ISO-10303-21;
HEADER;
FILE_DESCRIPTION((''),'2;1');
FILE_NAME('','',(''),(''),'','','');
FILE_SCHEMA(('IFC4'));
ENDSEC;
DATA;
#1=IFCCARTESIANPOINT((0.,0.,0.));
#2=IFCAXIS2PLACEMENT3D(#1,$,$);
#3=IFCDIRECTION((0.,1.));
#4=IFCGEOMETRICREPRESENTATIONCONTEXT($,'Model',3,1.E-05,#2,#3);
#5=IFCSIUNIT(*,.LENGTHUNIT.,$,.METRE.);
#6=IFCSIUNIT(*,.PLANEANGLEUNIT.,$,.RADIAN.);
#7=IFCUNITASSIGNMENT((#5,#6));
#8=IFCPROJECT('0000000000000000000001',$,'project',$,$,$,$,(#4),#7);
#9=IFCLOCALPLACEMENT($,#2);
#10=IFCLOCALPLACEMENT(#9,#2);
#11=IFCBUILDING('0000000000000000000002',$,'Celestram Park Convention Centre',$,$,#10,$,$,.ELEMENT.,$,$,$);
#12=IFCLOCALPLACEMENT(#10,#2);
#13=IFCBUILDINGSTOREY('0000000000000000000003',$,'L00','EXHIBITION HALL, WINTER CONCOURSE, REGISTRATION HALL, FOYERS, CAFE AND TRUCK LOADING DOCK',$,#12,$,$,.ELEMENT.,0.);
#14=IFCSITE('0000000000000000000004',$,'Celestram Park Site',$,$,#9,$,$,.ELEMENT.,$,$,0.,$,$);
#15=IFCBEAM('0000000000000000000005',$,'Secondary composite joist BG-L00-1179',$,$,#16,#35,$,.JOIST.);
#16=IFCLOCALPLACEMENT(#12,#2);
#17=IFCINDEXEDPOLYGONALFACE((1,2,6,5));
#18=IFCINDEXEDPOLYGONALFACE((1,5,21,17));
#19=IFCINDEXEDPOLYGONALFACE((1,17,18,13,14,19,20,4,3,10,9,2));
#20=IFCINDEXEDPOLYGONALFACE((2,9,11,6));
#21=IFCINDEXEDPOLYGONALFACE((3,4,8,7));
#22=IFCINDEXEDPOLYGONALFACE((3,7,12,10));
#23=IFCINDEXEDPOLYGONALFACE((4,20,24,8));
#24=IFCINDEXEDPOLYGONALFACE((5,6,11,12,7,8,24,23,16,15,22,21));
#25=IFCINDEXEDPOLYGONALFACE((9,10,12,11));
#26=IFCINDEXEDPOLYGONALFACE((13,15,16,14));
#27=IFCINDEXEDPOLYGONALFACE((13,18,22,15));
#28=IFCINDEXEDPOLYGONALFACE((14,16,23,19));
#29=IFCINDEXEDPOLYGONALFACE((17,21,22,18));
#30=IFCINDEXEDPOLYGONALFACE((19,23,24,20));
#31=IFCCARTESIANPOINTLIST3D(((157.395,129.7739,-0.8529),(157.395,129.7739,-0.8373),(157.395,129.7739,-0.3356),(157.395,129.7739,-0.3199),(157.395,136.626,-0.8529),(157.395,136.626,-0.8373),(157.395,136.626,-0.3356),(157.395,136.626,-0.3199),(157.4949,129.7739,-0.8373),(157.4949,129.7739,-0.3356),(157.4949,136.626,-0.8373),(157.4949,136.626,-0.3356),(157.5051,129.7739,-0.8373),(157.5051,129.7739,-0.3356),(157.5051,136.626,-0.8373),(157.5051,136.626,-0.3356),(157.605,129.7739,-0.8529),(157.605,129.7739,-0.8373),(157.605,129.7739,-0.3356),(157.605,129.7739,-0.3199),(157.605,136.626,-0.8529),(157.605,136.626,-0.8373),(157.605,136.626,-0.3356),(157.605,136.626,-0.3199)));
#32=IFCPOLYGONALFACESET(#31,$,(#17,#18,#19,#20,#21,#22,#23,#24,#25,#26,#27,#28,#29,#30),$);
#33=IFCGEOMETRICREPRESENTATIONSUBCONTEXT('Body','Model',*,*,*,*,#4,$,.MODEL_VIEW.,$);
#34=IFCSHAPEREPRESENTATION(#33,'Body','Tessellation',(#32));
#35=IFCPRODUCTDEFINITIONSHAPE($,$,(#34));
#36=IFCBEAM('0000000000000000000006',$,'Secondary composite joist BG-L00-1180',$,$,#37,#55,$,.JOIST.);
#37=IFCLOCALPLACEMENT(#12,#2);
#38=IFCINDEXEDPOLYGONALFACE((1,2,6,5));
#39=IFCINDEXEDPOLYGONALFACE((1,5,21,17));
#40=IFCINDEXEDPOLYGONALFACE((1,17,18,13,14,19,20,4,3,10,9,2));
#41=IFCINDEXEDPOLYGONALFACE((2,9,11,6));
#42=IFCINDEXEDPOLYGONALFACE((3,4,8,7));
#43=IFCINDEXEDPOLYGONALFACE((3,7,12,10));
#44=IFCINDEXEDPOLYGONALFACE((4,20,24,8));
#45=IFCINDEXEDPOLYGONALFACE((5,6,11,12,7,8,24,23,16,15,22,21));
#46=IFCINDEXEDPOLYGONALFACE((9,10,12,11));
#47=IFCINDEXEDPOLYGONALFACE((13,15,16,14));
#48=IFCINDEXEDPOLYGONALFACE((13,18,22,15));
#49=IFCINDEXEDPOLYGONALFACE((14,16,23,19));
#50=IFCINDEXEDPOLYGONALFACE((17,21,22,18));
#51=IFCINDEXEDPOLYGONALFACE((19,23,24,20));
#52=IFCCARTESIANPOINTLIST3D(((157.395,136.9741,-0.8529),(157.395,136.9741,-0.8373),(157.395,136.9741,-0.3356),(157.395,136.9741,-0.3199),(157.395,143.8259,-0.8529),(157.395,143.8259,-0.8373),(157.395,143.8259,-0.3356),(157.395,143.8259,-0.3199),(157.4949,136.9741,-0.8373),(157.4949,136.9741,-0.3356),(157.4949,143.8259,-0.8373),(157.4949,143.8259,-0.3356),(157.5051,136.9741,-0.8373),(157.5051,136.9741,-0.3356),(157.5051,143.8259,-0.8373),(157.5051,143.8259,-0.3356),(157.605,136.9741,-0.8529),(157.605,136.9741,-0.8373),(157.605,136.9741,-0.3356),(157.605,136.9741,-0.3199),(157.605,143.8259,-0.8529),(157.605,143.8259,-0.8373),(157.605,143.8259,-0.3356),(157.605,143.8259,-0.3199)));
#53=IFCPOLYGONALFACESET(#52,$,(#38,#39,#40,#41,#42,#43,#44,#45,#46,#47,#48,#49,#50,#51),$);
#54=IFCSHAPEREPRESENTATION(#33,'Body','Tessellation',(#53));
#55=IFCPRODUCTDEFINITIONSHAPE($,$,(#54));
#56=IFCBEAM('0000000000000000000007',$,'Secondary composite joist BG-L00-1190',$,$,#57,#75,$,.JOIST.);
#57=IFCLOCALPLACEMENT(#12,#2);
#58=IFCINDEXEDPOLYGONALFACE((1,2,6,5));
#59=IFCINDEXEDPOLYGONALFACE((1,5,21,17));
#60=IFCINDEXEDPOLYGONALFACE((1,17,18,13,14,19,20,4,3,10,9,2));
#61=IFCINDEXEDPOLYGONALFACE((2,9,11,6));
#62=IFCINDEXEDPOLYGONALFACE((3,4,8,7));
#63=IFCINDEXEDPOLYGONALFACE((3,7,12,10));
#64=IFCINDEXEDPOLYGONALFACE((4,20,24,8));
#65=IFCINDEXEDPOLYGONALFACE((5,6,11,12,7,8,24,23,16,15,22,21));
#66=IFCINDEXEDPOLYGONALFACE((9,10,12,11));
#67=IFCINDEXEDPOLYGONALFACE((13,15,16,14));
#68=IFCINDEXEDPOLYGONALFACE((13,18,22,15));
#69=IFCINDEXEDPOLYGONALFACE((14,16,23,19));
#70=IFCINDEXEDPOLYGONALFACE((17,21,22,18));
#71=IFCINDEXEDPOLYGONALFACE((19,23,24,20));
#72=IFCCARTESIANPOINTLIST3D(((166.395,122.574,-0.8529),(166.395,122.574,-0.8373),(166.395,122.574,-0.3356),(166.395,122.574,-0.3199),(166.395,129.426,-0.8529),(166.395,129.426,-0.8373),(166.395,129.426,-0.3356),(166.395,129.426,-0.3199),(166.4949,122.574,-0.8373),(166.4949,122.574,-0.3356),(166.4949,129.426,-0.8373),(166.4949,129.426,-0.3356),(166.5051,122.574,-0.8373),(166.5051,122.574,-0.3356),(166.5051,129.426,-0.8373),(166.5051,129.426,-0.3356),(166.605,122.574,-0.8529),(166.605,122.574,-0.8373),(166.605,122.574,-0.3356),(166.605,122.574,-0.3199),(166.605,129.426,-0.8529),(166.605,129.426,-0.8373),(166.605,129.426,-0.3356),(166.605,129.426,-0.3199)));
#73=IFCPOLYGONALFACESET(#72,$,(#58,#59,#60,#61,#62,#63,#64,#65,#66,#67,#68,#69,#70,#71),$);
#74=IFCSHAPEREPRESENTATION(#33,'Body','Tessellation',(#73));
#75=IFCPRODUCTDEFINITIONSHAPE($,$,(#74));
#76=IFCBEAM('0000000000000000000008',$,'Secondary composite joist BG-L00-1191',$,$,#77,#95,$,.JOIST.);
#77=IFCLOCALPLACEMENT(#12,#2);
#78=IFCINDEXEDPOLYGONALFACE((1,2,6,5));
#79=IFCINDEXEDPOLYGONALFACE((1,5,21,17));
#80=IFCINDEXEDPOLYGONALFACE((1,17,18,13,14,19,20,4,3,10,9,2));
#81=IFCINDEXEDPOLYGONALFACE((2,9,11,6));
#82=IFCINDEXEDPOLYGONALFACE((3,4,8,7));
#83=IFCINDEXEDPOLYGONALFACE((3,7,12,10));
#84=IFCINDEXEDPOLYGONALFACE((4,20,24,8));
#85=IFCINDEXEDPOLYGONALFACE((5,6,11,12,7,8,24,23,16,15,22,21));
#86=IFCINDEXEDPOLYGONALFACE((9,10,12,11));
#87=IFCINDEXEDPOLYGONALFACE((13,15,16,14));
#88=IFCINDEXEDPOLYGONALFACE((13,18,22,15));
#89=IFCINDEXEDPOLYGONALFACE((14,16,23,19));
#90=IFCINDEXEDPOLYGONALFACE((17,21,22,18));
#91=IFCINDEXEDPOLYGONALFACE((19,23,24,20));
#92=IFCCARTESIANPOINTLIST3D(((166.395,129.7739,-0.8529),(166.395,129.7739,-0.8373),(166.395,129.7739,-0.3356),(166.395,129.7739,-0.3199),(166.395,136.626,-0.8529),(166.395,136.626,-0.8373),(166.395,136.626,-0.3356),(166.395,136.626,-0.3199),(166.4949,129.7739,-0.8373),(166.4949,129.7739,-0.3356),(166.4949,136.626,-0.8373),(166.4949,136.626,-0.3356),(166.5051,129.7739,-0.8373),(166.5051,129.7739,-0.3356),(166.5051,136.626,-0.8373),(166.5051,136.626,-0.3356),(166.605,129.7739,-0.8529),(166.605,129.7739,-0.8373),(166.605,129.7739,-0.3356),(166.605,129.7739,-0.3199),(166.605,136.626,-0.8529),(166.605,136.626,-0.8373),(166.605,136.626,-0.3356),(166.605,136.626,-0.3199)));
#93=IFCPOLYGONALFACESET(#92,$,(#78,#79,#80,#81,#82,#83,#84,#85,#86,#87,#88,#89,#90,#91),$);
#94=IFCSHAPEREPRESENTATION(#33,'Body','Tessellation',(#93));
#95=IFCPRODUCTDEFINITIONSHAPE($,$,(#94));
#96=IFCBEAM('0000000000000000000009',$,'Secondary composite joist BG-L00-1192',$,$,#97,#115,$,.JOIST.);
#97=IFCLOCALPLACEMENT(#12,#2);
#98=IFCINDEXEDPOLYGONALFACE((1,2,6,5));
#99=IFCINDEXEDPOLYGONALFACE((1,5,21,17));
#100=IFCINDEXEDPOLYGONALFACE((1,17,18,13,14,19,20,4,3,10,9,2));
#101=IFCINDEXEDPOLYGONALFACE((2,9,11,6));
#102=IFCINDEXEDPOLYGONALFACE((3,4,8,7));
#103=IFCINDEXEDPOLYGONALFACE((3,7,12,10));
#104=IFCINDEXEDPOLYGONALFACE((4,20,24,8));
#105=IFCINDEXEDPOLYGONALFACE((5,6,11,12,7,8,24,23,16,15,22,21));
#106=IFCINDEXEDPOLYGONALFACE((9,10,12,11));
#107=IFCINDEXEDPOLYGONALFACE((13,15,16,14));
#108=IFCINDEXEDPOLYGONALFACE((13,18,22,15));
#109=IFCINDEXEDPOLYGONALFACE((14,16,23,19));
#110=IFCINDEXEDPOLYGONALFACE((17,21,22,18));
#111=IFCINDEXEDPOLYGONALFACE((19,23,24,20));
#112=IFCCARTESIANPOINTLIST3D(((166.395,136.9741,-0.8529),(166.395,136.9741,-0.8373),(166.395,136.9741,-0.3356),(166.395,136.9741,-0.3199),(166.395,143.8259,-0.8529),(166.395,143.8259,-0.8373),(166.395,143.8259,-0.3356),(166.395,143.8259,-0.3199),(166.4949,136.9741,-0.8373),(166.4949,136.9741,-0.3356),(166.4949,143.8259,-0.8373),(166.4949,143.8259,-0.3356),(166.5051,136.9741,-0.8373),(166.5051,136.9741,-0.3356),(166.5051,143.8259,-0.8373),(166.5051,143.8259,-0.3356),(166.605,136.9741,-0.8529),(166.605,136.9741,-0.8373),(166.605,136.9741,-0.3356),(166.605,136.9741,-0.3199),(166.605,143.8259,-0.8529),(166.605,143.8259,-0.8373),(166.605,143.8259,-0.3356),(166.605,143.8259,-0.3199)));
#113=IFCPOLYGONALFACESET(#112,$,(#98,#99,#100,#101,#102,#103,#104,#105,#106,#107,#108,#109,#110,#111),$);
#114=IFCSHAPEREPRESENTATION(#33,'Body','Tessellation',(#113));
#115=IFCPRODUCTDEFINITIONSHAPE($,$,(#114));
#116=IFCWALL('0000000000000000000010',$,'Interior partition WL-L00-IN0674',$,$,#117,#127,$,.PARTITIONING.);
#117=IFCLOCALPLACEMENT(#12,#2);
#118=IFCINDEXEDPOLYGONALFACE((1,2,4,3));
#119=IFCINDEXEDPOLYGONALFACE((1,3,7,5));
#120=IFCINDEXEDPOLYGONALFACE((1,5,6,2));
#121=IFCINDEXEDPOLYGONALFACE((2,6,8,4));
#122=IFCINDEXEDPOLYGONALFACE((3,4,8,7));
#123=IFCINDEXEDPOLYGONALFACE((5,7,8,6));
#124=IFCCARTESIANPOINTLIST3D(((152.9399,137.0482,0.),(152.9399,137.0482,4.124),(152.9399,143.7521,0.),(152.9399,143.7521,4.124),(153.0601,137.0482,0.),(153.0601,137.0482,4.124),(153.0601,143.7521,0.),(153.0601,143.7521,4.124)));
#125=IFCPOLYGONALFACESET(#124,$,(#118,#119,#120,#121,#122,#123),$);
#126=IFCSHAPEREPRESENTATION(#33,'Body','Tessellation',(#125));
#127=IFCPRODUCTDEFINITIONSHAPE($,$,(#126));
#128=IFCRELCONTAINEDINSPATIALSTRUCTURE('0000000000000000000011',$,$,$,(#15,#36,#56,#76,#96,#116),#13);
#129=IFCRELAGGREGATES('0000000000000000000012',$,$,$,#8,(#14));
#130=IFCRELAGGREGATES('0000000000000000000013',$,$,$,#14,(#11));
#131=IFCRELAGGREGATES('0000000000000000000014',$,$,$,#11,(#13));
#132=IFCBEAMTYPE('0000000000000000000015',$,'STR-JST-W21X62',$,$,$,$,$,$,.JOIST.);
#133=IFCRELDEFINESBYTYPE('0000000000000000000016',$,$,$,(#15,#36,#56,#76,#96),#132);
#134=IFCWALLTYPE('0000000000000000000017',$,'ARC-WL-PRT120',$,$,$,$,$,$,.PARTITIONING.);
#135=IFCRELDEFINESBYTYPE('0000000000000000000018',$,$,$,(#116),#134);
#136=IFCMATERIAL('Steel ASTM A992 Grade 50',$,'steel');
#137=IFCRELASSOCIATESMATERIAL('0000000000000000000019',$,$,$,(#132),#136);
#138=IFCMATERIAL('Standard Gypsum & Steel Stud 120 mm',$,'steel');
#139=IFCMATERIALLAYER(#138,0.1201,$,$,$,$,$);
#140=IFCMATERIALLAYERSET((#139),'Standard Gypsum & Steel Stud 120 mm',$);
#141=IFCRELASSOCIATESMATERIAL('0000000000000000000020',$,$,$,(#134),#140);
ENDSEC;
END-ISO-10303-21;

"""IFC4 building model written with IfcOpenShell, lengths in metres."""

from ifc_helpers import new_model, si_unit, direction, frame, frame_2d, origin, origin_2d, place, context, subcontext, project, spatial, rectangle, i_section, extrude, material, layer, layer_set, material_profile, profile_set, type_object, element, save


model = new_model("IFC4")

# Units and contexts
model_context = context("Model", 3, precision=1e-05, world=origin(), true_north=direction((0.0, 1.0)))
body_context = subcontext(model_context, "Body", "Model", "MODEL_VIEW")
ifc_project = project(units=[si_unit("LENGTHUNIT", "METRE"), si_unit("PLANEANGLEUNIT", "RADIAN")], contexts=[model_context])

# Site, building, storey
site_placement = place(None, origin())
site = spatial("IfcSite", under=ifc_project, at=site_placement, Name="Celestram Park Site", CompositionType="ELEMENT", RefElevation=0.0)
building_placement = place(site_placement, origin())
building = spatial("IfcBuilding", under=site, at=building_placement, Name="Celestram Park Convention Centre", CompositionType="ELEMENT")
storey_placement = place(building_placement, origin())
storey = spatial("IfcBuildingStorey", under=building, at=storey_placement, Name="L00", Description="EXHIBITION HALL, WINTER CONCOURSE, REGISTRATION HALL, FOYERS, CAFE AND TRUCK LOADING DOCK", CompositionType="ELEMENT", Elevation=0.0)

# Beams
ifc_material_1 = material(Name="Steel ASTM A992 Grade 50", Category="steel")
ifc_material_profile_1 = material_profile(ifc_material_1, i_section(OverallWidth=0.21, OverallDepth=0.533, WebThickness=0.0103, FlangeThickness=0.0156, at=origin_2d()), Name="W21X62")
ifc_profile_set_1 = profile_set([ifc_material_profile_1], Name="Steel ASTM A992 Grade 50")
beam_type_1 = type_object("IfcBeamType", Name="STR-JST-W21X62", PredefinedType="JOIST", material=ifc_profile_set_1)
for number, where, z_axis, x_axis, name in (
    (1, (157.5, 129.7739, -0.5864), (0.0, 1.0, 0.0), (-1.0, 0.0, 0.0), "Secondary composite joist BG-L00-1179"),
):
    element("IfcBeam", number, at=place(storey_placement, frame(where, z_axis=z_axis, x_axis=x_axis)), inside=storey, type_object=beam_type_1, Name=name, PredefinedType="JOIST", context=body_context, shape_type="SweptSolid", body=[
        extrude(i_section(OverallWidth=0.21, OverallDepth=0.533, WebThickness=0.0103, FlangeThickness=0.0156, at=origin_2d()), origin(), (0.0, 0.0, 1.0), 6.8521),
    ])
beam_1_placement = place(storey_placement, frame((157.5, 136.9741, -0.5864), z_axis=(0.0, 1.0, 0.0), x_axis=(-1.0, 0.0, 0.0)))
element("IfcBeam", 2, at=beam_1_placement, inside=storey, type_object=beam_type_1, Name="Secondary composite joist BG-L00-1180", PredefinedType="JOIST", context=body_context, shape_type="SweptSolid", body=[
    extrude(i_section(OverallWidth=0.21, OverallDepth=0.533, WebThickness=0.0103, FlangeThickness=0.0156, at=origin_2d()), origin(), (0.0, 0.0, 1.0), 6.8518),
])
for number, where, z_axis, x_axis, name in (
    (3, (166.5, 122.574, -0.5864), (0.0, 1.0, 0.0), (-1.0, 0.0, 0.0), "Secondary composite joist BG-L00-1190"),
    (4, (166.5, 129.7739, -0.5864), (0.0, 1.0, 0.0), (-1.0, 0.0, 0.0), "Secondary composite joist BG-L00-1191"),
):
    element("IfcBeam", number, at=place(storey_placement, frame(where, z_axis=z_axis, x_axis=x_axis)), inside=storey, type_object=beam_type_1, Name=name, PredefinedType="JOIST", context=body_context, shape_type="SweptSolid", body=[
        extrude(i_section(OverallWidth=0.21, OverallDepth=0.533, WebThickness=0.0103, FlangeThickness=0.0156, at=origin_2d()), origin(), (0.0, 0.0, 1.0), 6.8521),
    ])
beam_2_placement = place(storey_placement, frame((166.5, 136.9741, -0.5864), z_axis=(0.0, 1.0, 0.0), x_axis=(-1.0, 0.0, 0.0)))
element("IfcBeam", 5, at=beam_2_placement, inside=storey, type_object=beam_type_1, Name="Secondary composite joist BG-L00-1192", PredefinedType="JOIST", context=body_context, shape_type="SweptSolid", body=[
    extrude(i_section(OverallWidth=0.21, OverallDepth=0.533, WebThickness=0.0103, FlangeThickness=0.0156, at=origin_2d()), origin(), (0.0, 0.0, 1.0), 6.8518),
])

# Wall
ifc_material_2 = material(Name="Standard Gypsum & Steel Stud 120 mm", Category="steel")
ifc_layer = layer(ifc_material_2, 0.1201)
ifc_layer_set = layer_set([ifc_layer], Name="Standard Gypsum & Steel Stud 120 mm")
wall_type = type_object("IfcWallType", Name="ARC-WL-PRT120", PredefinedType="PARTITIONING", material=ifc_layer_set)
wall_placement = place(storey_placement, frame((153.0, 137.0481, 0.0), z_axis=(0.0, 0.0, 1.0), x_axis=(0.0, 1.0, 0.0)))
element("IfcWall", 6, at=wall_placement, inside=storey, type_object=wall_type, Name="Interior partition WL-L00-IN0674", PredefinedType="PARTITIONING", context=body_context, shape_type="SweptSolid", body=[
    extrude(rectangle(XDim=6.7039, YDim=0.1201, at=frame_2d((3.3521, 0.0))), origin(), (0.0, 0.0, 1.0), 4.124),
])

save(model, "model.ifc")
